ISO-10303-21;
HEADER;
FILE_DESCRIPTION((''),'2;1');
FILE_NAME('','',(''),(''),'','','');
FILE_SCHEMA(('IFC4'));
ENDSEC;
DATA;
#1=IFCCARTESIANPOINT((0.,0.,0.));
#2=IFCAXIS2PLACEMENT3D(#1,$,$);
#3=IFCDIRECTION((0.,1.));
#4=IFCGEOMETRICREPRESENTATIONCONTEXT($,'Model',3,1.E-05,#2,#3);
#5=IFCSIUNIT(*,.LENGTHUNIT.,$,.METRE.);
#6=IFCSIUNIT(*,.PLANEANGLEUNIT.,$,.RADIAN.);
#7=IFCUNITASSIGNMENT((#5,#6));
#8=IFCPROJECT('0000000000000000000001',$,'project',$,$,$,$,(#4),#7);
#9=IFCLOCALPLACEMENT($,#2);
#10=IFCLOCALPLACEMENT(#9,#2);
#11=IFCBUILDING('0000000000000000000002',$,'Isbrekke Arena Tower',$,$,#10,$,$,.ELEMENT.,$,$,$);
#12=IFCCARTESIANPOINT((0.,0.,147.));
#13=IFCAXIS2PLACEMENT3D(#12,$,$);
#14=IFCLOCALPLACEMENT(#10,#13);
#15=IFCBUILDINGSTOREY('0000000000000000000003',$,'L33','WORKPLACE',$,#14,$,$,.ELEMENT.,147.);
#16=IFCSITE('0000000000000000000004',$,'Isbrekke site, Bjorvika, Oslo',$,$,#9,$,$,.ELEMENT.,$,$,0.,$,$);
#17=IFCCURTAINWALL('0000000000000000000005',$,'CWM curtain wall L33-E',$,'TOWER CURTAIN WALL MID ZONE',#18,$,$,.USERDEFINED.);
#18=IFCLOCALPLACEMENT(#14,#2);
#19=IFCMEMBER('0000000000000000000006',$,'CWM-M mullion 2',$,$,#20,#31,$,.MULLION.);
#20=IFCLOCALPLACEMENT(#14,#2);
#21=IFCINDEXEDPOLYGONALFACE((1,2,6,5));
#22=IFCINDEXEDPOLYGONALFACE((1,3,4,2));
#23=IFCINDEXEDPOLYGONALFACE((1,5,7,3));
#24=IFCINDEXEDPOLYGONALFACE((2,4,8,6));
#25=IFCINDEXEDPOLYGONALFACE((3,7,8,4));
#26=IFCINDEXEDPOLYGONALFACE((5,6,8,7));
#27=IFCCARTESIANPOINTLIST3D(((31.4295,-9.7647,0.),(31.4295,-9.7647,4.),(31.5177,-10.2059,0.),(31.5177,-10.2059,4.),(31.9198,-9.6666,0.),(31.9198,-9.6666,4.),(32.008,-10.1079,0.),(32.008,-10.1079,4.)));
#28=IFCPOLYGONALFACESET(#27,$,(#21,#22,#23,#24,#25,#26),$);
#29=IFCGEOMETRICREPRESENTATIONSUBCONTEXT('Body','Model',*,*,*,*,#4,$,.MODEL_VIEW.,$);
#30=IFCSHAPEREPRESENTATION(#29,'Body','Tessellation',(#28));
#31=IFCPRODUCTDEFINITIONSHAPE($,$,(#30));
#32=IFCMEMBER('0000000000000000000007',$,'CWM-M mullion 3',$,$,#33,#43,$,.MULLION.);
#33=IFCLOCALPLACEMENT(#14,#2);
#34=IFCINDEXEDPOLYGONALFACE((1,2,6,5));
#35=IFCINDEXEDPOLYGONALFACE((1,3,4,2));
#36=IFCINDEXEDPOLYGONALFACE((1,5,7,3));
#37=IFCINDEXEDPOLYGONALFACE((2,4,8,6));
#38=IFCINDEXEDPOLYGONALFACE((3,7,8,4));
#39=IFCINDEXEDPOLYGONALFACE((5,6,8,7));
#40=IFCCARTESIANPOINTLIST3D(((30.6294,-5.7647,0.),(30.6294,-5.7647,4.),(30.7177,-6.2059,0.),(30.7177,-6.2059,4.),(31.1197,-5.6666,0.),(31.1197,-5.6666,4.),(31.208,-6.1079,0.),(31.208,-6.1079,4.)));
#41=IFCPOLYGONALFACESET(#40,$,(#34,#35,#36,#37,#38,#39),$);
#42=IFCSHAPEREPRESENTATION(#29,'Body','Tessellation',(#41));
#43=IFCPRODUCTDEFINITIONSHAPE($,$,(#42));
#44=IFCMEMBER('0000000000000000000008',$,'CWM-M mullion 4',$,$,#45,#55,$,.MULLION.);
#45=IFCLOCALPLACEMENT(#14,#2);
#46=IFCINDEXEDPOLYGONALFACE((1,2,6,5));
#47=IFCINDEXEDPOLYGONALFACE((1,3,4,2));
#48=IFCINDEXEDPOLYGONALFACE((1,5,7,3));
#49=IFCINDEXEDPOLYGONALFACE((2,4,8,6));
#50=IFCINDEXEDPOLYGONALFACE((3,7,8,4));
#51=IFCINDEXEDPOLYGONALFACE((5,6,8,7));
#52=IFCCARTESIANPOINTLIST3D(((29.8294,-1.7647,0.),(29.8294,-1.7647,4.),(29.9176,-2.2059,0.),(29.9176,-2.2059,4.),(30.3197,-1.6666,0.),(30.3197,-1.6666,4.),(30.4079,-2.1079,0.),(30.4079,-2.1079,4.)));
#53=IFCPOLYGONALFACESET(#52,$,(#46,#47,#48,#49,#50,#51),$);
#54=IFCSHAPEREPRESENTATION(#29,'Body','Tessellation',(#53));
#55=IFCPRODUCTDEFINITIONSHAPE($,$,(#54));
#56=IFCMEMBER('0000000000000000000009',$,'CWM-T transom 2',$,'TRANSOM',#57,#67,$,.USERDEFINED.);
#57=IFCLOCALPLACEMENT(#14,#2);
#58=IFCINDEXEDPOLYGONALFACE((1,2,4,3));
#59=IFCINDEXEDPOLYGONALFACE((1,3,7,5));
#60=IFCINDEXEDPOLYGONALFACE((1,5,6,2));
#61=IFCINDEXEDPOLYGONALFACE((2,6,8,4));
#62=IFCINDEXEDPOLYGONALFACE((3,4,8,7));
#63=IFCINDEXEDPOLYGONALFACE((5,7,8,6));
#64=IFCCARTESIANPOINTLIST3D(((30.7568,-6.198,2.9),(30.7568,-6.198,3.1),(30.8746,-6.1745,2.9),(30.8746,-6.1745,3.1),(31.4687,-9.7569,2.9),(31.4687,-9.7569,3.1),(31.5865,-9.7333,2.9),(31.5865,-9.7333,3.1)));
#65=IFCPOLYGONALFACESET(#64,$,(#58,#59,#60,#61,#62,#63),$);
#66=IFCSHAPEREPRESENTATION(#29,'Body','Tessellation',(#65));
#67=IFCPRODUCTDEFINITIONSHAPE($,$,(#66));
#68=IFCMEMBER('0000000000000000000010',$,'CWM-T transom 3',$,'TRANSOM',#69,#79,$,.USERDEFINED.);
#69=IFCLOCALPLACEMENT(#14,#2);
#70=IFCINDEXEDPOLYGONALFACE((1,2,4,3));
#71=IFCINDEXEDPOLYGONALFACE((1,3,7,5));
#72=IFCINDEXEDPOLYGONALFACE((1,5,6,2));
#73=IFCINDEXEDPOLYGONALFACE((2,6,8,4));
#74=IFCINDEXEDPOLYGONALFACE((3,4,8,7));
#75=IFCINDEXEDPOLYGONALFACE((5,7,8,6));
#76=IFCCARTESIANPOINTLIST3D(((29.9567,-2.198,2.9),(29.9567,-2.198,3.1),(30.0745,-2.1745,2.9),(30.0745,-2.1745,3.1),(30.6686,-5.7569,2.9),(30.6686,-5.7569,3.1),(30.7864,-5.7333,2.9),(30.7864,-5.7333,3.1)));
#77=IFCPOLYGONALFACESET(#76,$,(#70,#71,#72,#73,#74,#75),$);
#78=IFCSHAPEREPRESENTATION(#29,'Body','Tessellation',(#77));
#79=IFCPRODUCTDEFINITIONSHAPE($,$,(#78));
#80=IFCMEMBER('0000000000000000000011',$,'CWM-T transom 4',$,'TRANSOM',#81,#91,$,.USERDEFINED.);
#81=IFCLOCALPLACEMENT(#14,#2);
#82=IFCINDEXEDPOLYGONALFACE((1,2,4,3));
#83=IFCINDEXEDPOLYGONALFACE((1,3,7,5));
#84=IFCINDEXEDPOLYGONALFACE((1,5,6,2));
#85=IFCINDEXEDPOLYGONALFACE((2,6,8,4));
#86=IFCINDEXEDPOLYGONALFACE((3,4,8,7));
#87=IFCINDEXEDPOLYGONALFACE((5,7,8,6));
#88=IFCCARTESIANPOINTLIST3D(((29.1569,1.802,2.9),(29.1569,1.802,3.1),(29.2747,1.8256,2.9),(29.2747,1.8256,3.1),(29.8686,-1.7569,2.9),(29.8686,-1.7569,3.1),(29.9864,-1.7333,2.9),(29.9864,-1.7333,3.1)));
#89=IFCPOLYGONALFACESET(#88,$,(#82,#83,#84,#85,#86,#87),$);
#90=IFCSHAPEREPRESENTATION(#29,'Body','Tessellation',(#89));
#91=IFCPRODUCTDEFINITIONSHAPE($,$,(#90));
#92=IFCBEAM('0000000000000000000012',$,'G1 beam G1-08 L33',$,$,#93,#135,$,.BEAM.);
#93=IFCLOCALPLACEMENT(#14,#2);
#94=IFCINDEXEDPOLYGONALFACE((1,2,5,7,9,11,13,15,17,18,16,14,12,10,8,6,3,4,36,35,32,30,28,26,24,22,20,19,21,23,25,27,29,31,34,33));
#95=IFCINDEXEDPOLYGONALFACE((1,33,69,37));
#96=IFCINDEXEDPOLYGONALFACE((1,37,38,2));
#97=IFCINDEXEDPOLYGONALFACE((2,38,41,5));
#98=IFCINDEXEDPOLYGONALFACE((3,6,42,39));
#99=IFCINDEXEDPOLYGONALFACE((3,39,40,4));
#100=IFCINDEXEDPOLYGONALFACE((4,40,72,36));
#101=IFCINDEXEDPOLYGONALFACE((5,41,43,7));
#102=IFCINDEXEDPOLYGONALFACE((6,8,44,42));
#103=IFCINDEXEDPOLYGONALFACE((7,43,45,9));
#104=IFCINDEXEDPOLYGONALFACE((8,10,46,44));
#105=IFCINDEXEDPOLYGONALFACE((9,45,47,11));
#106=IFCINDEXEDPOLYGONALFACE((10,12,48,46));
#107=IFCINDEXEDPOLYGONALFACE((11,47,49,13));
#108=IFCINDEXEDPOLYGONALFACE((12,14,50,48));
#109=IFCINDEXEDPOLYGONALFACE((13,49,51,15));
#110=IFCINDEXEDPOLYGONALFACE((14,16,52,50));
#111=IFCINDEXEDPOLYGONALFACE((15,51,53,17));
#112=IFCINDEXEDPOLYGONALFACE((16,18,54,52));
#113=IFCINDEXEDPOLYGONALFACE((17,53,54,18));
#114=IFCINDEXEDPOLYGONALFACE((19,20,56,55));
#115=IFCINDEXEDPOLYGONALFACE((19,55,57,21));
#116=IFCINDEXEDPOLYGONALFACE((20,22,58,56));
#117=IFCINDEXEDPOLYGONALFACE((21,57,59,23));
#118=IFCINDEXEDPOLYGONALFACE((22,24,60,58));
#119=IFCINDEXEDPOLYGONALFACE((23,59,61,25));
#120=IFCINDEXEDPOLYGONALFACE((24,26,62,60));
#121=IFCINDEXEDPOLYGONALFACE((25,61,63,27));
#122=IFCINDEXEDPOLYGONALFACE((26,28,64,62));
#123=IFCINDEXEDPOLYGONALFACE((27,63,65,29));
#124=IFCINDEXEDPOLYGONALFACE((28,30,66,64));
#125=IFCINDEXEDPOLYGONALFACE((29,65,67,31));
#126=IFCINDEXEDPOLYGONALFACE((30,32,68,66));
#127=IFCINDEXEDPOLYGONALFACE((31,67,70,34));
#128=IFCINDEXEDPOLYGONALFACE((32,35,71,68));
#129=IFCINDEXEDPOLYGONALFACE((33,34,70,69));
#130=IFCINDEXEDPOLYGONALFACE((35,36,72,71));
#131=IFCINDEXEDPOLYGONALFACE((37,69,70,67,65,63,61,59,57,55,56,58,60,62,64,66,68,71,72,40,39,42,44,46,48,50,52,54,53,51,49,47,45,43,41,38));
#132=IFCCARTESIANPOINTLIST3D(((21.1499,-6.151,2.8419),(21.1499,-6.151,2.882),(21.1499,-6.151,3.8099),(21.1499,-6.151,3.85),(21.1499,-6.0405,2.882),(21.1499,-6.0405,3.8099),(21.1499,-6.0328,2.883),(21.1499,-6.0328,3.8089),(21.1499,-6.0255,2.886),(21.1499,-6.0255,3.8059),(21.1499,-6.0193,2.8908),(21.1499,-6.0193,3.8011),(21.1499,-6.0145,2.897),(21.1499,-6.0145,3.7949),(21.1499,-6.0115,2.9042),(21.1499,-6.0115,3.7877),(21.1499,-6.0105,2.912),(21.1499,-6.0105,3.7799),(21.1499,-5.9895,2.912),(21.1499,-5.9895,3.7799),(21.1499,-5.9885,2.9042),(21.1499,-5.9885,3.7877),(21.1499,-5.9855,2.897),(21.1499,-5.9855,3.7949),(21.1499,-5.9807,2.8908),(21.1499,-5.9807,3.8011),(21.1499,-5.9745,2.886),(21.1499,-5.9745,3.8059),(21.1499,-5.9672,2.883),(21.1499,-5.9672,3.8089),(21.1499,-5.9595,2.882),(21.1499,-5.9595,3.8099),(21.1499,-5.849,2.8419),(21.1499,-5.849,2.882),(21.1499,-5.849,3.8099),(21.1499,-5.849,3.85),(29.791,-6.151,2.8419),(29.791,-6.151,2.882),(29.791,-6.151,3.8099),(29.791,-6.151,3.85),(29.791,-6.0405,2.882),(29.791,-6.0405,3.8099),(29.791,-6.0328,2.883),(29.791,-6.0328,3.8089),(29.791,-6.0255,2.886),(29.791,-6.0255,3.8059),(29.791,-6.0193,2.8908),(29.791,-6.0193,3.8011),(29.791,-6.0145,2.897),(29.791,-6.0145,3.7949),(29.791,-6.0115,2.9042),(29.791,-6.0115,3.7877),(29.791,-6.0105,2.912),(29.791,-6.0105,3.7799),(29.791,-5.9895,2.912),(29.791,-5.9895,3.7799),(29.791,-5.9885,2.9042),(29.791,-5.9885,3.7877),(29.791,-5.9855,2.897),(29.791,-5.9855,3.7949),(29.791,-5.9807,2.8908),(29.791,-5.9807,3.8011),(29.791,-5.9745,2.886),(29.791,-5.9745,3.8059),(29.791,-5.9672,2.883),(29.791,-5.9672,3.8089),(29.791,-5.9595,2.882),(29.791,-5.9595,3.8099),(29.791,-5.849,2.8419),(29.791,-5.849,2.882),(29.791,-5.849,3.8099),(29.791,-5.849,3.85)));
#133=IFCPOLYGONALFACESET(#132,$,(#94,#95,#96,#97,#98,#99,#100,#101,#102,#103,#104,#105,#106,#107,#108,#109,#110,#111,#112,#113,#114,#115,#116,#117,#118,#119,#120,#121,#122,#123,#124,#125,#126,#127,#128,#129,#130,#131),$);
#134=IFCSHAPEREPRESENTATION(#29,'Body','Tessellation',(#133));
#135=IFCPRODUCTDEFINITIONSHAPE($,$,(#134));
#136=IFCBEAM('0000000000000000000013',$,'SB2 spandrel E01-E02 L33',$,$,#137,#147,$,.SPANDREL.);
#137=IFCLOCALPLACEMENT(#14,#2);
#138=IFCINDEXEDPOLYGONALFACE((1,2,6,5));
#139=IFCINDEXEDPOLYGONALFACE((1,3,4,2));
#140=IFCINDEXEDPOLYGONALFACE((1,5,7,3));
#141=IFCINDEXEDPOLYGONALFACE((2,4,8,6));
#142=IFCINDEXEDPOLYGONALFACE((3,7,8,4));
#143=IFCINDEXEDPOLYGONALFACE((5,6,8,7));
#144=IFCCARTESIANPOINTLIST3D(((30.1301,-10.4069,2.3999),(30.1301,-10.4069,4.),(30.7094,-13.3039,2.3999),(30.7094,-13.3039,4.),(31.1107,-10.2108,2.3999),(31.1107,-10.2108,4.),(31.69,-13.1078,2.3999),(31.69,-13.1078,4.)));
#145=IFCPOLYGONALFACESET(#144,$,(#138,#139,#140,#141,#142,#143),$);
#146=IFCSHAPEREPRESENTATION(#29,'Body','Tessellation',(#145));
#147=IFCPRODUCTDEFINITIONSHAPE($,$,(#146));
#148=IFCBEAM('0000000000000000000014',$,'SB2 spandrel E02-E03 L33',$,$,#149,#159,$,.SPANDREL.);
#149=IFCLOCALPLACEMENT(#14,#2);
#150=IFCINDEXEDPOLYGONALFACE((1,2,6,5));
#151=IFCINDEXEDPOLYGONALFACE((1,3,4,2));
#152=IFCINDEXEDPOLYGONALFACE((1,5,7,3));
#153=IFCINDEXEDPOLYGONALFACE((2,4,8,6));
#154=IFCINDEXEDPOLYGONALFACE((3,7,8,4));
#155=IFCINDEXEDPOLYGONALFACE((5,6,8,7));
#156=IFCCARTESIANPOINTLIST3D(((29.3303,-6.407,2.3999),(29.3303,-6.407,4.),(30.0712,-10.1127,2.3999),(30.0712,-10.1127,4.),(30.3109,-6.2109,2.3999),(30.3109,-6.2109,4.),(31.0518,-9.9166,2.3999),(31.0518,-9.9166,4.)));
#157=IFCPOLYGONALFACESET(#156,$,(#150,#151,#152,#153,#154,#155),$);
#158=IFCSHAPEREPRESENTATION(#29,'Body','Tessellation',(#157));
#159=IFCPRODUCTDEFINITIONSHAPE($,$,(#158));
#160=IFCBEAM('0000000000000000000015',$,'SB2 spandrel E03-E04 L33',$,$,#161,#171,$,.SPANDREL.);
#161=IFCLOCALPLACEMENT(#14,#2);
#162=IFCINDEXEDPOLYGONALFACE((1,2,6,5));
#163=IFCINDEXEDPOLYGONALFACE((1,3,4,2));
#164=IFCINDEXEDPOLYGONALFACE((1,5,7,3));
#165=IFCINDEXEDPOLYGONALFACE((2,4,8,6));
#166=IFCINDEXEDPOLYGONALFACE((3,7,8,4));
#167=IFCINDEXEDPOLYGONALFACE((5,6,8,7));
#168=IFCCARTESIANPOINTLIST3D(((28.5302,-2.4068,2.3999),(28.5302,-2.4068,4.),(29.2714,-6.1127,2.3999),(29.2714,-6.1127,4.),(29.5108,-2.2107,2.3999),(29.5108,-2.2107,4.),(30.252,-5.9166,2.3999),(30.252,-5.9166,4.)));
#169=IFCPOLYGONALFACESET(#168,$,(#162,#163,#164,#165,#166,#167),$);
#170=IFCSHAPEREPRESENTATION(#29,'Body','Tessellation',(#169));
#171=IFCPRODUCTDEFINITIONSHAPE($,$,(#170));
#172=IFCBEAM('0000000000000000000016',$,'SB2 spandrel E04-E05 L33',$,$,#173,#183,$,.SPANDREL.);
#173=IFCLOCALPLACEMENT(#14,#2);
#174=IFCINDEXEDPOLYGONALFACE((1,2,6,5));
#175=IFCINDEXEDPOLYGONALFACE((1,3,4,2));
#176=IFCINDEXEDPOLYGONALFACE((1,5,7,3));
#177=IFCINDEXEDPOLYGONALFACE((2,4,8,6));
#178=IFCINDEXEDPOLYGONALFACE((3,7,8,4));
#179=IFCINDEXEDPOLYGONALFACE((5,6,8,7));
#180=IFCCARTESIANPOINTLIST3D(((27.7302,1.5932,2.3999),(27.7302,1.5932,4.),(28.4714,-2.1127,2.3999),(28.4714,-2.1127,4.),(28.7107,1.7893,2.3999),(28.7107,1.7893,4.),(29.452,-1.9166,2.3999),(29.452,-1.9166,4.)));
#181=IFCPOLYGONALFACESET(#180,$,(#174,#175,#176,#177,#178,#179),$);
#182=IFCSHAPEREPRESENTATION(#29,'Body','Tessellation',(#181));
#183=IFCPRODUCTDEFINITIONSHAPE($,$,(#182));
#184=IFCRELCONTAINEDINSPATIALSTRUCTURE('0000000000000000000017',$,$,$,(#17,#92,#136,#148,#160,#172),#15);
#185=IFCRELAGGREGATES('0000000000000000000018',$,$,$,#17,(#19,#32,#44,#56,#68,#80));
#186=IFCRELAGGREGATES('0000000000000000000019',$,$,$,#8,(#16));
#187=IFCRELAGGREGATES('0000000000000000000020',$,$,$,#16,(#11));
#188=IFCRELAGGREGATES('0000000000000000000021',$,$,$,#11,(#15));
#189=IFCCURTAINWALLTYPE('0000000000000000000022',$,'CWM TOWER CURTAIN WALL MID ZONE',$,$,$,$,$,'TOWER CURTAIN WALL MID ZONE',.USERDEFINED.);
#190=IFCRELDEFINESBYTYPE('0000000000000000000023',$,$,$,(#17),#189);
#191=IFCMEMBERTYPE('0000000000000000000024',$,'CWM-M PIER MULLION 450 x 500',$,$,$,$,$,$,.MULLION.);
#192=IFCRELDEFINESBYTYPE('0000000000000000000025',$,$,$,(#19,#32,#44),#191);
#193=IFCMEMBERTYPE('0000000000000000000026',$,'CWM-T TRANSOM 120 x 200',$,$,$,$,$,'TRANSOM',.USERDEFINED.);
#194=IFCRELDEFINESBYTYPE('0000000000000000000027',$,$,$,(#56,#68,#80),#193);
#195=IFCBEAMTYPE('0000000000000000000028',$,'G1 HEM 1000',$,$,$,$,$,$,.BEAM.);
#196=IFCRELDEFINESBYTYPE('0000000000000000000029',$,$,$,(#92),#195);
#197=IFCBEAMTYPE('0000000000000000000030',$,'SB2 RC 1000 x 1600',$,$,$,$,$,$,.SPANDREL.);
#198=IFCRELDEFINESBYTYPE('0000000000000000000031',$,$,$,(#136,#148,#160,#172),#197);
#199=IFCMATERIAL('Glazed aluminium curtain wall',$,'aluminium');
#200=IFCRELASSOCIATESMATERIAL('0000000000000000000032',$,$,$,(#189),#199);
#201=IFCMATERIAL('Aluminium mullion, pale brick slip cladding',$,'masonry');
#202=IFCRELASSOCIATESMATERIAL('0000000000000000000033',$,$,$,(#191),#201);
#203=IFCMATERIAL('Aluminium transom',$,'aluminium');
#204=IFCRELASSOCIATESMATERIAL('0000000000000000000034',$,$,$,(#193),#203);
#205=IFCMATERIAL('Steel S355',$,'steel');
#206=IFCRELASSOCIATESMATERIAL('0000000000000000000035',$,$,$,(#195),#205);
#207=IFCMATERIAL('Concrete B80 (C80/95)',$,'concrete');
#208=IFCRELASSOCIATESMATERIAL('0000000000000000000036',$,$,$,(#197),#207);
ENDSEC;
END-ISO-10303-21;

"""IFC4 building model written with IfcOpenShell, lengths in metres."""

from ifc_helpers import new_model, si_unit, direction, frame, origin, origin_2d, place, context, subcontext, project, spatial, rectangle, i_section, extrude, material, material_profile, profile_set, type_object, element, aggregate, save


model = new_model("IFC4")

# Units and contexts
model_context = context("Model", 3, precision=1e-05, world=origin(), true_north=direction((0.0, 1.0)))
body_context = subcontext(model_context, "Body", "Model", "MODEL_VIEW")
ifc_project = project(units=[si_unit("LENGTHUNIT", "METRE"), si_unit("PLANEANGLEUNIT", "RADIAN")], contexts=[model_context])

# Site, building, storey
site_placement = place(None, origin())
site = spatial("IfcSite", under=ifc_project, at=site_placement, Name="Isbrekke site, Bjorvika, Oslo", CompositionType="ELEMENT", RefElevation=0.0)
building_placement = place(site_placement, origin())
building = spatial("IfcBuilding", under=site, at=building_placement, Name="Isbrekke Arena Tower", CompositionType="ELEMENT")
storey_placement = place(building_placement, frame((0.0, 0.0, 147.0)))
storey = spatial("IfcBuildingStorey", under=building, at=storey_placement, Name="L33", Description="WORKPLACE", CompositionType="ELEMENT", Elevation=147.0)

# Curtain wall, members
ifc_material_1 = material(Name="Glazed aluminium curtain wall", Category="aluminium")
curtain_wall_type = type_object("IfcCurtainWallType", Name="CWM TOWER CURTAIN WALL MID ZONE", ElementType="TOWER CURTAIN WALL MID ZONE", PredefinedType="USERDEFINED", material=ifc_material_1)
curtain_wall_placement = place(storey_placement, origin())
curtain_wall = element("IfcCurtainWall", 1, at=curtain_wall_placement, inside=storey, type_object=curtain_wall_type, Name="CWM curtain wall L33-E", ObjectType="TOWER CURTAIN WALL MID ZONE", PredefinedType="USERDEFINED")
ifc_material_2 = material(Name="Aluminium mullion, pale brick slip cladding", Category="masonry")
ifc_material_profile_1 = material_profile(ifc_material_2, rectangle(XDim=0.45, YDim=0.5, at=origin_2d()), Name="PIER 450X500")
ifc_profile_set_1 = profile_set([ifc_material_profile_1], Name="Aluminium mullion, pale brick slip cladding")
member_type_1 = type_object("IfcMemberType", Name="CWM-M PIER MULLION 450 x 500", PredefinedType="MULLION", material=ifc_profile_set_1)
member_1_placement = place(storey_placement, frame((31.7188, -9.9363, 0.0), z_axis=(0.0, 0.0, 1.0), x_axis=(-0.196116, 0.980581, 0.0)))
member_1 = element("IfcMember", 2, at=member_1_placement, type_object=member_type_1, Name="CWM-M mullion 2", PredefinedType="MULLION", context=body_context, shape_type="SweptSolid", body=[
    extrude(rectangle(XDim=0.45, YDim=0.5, at=origin_2d()), origin(), (0.0, 0.0, 1.0), 4.0),
])
member_2_placement = place(storey_placement, frame((30.9187, -5.9363, 0.0), z_axis=(0.0, 0.0, 1.0), x_axis=(-0.196116, 0.980581, 0.0)))
member_2 = element("IfcMember", 3, at=member_2_placement, type_object=member_type_1, Name="CWM-M mullion 3", PredefinedType="MULLION", context=body_context, shape_type="SweptSolid", body=[
    extrude(rectangle(XDim=0.45, YDim=0.5, at=origin_2d()), origin(), (0.0, 0.0, 1.0), 4.0),
])
member_3_placement = place(storey_placement, frame((30.1187, -1.9363, 0.0), z_axis=(0.0, 0.0, 1.0), x_axis=(-0.196116, 0.980581, 0.0)))
member_3 = element("IfcMember", 4, at=member_3_placement, type_object=member_type_1, Name="CWM-M mullion 4", PredefinedType="MULLION", context=body_context, shape_type="SweptSolid", body=[
    extrude(rectangle(XDim=0.45, YDim=0.5, at=origin_2d()), origin(), (0.0, 0.0, 1.0), 4.0),
])
ifc_material_3 = material(Name="Aluminium transom", Category="aluminium")
ifc_material_profile_2 = material_profile(ifc_material_3, rectangle(XDim=0.1201, YDim=0.2, at=origin_2d()), Name="TRANSOM 120X200")
ifc_profile_set_2 = profile_set([ifc_material_profile_2], Name="Aluminium transom")
member_type_2 = type_object("IfcMemberType", Name="CWM-T TRANSOM 120 x 200", ElementType="TRANSOM", PredefinedType="USERDEFINED", material=ifc_profile_set_2)
member_4_placement = place(storey_placement, frame((31.5276, -9.7451, 3.0), z_axis=(-0.196155, 0.980573, 0.0), x_axis=(-0.980573, -0.196155, 0.0)))
member_4 = element("IfcMember", 5, at=member_4_placement, type_object=member_type_2, Name="CWM-T transom 2", ObjectType="TRANSOM", PredefinedType="USERDEFINED", context=body_context, shape_type="SweptSolid", body=[
    extrude(rectangle(XDim=0.1201, YDim=0.2, at=origin_2d()), origin(), (0.0, 0.0, 1.0), 3.6294),
])
member_5_placement = place(storey_placement, frame((30.7275, -5.7451, 3.0), z_axis=(-0.196155, 0.980573, 0.0), x_axis=(-0.980573, -0.196155, 0.0)))
member_5 = element("IfcMember", 6, at=member_5_placement, type_object=member_type_2, Name="CWM-T transom 3", ObjectType="TRANSOM", PredefinedType="USERDEFINED", context=body_context, shape_type="SweptSolid", body=[
    extrude(rectangle(XDim=0.1201, YDim=0.2, at=origin_2d()), origin(), (0.0, 0.0, 1.0), 3.6294),
])
member_6_placement = place(storey_placement, frame((29.9275, -1.7451, 3.0), z_axis=(-0.19609, 0.980586, 0.0), x_axis=(-0.980586, -0.19609, 0.0)))
member_6 = element("IfcMember", 7, at=member_6_placement, type_object=member_type_2, Name="CWM-T transom 4", ObjectType="TRANSOM", PredefinedType="USERDEFINED", context=body_context, shape_type="SweptSolid", body=[
    extrude(rectangle(XDim=0.1201, YDim=0.2, at=origin_2d()), origin(), (0.0, 0.0, 1.0), 3.6294),
])

# Beams
ifc_material_4 = material(Name="Steel S355", Category="steel")
ifc_material_profile_3 = material_profile(ifc_material_4, i_section(OverallWidth=0.302, OverallDepth=1.0081, WebThickness=0.021, FlangeThickness=0.04, FilletRadius=0.03, at=origin_2d()), Name="HEM 1000")
ifc_profile_set_3 = profile_set([ifc_material_profile_3], Name="Steel S355")
beam_type_1 = type_object("IfcBeamType", Name="G1 HEM 1000", PredefinedType="BEAM", material=ifc_profile_set_3)
beam_1_placement = place(storey_placement, frame((21.1499, -6.0, 3.3459), z_axis=(1.0, 0.0, 0.0), x_axis=(0.0, 1.0, 0.0)))
element("IfcBeam", 8, at=beam_1_placement, inside=storey, type_object=beam_type_1, Name="G1 beam G1-08 L33", PredefinedType="BEAM", context=body_context, shape_type="SweptSolid", body=[
    extrude(i_section(OverallWidth=0.302, OverallDepth=1.0081, WebThickness=0.021, FlangeThickness=0.04, FilletRadius=0.03, at=origin_2d()), origin(), (0.0, 0.0, 1.0), 8.6411),
])
ifc_material_5 = material(Name="Concrete B80 (C80/95)", Category="concrete")
ifc_material_profile_4 = material_profile(ifc_material_5, rectangle(XDim=1.0, YDim=1.6001, at=origin_2d()), Name="RC 1000x1600")
ifc_profile_set_4 = profile_set([ifc_material_profile_4], Name="Concrete B80 (C80/95)")
beam_type_2 = type_object("IfcBeamType", Name="SB2 RC 1000 x 1600", PredefinedType="SPANDREL", material=ifc_profile_set_4)
beam_2_placement = place(storey_placement, frame((31.1997, -13.2058, 3.2), z_axis=(-0.1961, 0.980584, 0.0), x_axis=(-0.980584, -0.1961, 0.0)))
element("IfcBeam", 9, at=beam_2_placement, inside=storey, type_object=beam_type_2, Name="SB2 spandrel E01-E02 L33", PredefinedType="SPANDREL", context=body_context, shape_type="SweptSolid", body=[
    extrude(rectangle(XDim=1.0, YDim=1.6001, at=origin_2d()), origin(), (0.0, 0.0, 1.0), 2.9543),
])
beam_3_placement = place(storey_placement, frame((30.5615, -10.0146, 3.2), z_axis=(-0.196066, 0.980591, 0.0), x_axis=(-0.980591, -0.196066, 0.0)))
element("IfcBeam", 10, at=beam_3_placement, inside=storey, type_object=beam_type_2, Name="SB2 spandrel E02-E03 L33", PredefinedType="SPANDREL", context=body_context, shape_type="SweptSolid", body=[
    extrude(rectangle(XDim=1.0, YDim=1.6001, at=origin_2d()), origin(), (0.0, 0.0, 1.0), 3.7791),
])
for number, where, z_axis, x_axis, name in (
    (11, (29.7617, -6.0146, 3.2), (-0.196129, 0.980578, 0.0), (-0.980578, -0.196129, 0.0), "SB2 spandrel E03-E04 L33"),
    (12, (28.9617, -2.0146, 3.2), (-0.196129, 0.980578, 0.0), (-0.980578, -0.196129, 0.0), "SB2 spandrel E04-E05 L33"),
):
    element("IfcBeam", number, at=place(storey_placement, frame(where, z_axis=z_axis, x_axis=x_axis)), inside=storey, type_object=beam_type_2, Name=name, PredefinedType="SPANDREL", context=body_context, shape_type="SweptSolid", body=[
        extrude(rectangle(XDim=1.0, YDim=1.6001, at=origin_2d()), origin(), (0.0, 0.0, 1.0), 3.7793),
    ])

aggregate(curtain_wall, [member_1, member_2, member_3, member_4, member_5, member_6])

save(model, "model.ifc")
